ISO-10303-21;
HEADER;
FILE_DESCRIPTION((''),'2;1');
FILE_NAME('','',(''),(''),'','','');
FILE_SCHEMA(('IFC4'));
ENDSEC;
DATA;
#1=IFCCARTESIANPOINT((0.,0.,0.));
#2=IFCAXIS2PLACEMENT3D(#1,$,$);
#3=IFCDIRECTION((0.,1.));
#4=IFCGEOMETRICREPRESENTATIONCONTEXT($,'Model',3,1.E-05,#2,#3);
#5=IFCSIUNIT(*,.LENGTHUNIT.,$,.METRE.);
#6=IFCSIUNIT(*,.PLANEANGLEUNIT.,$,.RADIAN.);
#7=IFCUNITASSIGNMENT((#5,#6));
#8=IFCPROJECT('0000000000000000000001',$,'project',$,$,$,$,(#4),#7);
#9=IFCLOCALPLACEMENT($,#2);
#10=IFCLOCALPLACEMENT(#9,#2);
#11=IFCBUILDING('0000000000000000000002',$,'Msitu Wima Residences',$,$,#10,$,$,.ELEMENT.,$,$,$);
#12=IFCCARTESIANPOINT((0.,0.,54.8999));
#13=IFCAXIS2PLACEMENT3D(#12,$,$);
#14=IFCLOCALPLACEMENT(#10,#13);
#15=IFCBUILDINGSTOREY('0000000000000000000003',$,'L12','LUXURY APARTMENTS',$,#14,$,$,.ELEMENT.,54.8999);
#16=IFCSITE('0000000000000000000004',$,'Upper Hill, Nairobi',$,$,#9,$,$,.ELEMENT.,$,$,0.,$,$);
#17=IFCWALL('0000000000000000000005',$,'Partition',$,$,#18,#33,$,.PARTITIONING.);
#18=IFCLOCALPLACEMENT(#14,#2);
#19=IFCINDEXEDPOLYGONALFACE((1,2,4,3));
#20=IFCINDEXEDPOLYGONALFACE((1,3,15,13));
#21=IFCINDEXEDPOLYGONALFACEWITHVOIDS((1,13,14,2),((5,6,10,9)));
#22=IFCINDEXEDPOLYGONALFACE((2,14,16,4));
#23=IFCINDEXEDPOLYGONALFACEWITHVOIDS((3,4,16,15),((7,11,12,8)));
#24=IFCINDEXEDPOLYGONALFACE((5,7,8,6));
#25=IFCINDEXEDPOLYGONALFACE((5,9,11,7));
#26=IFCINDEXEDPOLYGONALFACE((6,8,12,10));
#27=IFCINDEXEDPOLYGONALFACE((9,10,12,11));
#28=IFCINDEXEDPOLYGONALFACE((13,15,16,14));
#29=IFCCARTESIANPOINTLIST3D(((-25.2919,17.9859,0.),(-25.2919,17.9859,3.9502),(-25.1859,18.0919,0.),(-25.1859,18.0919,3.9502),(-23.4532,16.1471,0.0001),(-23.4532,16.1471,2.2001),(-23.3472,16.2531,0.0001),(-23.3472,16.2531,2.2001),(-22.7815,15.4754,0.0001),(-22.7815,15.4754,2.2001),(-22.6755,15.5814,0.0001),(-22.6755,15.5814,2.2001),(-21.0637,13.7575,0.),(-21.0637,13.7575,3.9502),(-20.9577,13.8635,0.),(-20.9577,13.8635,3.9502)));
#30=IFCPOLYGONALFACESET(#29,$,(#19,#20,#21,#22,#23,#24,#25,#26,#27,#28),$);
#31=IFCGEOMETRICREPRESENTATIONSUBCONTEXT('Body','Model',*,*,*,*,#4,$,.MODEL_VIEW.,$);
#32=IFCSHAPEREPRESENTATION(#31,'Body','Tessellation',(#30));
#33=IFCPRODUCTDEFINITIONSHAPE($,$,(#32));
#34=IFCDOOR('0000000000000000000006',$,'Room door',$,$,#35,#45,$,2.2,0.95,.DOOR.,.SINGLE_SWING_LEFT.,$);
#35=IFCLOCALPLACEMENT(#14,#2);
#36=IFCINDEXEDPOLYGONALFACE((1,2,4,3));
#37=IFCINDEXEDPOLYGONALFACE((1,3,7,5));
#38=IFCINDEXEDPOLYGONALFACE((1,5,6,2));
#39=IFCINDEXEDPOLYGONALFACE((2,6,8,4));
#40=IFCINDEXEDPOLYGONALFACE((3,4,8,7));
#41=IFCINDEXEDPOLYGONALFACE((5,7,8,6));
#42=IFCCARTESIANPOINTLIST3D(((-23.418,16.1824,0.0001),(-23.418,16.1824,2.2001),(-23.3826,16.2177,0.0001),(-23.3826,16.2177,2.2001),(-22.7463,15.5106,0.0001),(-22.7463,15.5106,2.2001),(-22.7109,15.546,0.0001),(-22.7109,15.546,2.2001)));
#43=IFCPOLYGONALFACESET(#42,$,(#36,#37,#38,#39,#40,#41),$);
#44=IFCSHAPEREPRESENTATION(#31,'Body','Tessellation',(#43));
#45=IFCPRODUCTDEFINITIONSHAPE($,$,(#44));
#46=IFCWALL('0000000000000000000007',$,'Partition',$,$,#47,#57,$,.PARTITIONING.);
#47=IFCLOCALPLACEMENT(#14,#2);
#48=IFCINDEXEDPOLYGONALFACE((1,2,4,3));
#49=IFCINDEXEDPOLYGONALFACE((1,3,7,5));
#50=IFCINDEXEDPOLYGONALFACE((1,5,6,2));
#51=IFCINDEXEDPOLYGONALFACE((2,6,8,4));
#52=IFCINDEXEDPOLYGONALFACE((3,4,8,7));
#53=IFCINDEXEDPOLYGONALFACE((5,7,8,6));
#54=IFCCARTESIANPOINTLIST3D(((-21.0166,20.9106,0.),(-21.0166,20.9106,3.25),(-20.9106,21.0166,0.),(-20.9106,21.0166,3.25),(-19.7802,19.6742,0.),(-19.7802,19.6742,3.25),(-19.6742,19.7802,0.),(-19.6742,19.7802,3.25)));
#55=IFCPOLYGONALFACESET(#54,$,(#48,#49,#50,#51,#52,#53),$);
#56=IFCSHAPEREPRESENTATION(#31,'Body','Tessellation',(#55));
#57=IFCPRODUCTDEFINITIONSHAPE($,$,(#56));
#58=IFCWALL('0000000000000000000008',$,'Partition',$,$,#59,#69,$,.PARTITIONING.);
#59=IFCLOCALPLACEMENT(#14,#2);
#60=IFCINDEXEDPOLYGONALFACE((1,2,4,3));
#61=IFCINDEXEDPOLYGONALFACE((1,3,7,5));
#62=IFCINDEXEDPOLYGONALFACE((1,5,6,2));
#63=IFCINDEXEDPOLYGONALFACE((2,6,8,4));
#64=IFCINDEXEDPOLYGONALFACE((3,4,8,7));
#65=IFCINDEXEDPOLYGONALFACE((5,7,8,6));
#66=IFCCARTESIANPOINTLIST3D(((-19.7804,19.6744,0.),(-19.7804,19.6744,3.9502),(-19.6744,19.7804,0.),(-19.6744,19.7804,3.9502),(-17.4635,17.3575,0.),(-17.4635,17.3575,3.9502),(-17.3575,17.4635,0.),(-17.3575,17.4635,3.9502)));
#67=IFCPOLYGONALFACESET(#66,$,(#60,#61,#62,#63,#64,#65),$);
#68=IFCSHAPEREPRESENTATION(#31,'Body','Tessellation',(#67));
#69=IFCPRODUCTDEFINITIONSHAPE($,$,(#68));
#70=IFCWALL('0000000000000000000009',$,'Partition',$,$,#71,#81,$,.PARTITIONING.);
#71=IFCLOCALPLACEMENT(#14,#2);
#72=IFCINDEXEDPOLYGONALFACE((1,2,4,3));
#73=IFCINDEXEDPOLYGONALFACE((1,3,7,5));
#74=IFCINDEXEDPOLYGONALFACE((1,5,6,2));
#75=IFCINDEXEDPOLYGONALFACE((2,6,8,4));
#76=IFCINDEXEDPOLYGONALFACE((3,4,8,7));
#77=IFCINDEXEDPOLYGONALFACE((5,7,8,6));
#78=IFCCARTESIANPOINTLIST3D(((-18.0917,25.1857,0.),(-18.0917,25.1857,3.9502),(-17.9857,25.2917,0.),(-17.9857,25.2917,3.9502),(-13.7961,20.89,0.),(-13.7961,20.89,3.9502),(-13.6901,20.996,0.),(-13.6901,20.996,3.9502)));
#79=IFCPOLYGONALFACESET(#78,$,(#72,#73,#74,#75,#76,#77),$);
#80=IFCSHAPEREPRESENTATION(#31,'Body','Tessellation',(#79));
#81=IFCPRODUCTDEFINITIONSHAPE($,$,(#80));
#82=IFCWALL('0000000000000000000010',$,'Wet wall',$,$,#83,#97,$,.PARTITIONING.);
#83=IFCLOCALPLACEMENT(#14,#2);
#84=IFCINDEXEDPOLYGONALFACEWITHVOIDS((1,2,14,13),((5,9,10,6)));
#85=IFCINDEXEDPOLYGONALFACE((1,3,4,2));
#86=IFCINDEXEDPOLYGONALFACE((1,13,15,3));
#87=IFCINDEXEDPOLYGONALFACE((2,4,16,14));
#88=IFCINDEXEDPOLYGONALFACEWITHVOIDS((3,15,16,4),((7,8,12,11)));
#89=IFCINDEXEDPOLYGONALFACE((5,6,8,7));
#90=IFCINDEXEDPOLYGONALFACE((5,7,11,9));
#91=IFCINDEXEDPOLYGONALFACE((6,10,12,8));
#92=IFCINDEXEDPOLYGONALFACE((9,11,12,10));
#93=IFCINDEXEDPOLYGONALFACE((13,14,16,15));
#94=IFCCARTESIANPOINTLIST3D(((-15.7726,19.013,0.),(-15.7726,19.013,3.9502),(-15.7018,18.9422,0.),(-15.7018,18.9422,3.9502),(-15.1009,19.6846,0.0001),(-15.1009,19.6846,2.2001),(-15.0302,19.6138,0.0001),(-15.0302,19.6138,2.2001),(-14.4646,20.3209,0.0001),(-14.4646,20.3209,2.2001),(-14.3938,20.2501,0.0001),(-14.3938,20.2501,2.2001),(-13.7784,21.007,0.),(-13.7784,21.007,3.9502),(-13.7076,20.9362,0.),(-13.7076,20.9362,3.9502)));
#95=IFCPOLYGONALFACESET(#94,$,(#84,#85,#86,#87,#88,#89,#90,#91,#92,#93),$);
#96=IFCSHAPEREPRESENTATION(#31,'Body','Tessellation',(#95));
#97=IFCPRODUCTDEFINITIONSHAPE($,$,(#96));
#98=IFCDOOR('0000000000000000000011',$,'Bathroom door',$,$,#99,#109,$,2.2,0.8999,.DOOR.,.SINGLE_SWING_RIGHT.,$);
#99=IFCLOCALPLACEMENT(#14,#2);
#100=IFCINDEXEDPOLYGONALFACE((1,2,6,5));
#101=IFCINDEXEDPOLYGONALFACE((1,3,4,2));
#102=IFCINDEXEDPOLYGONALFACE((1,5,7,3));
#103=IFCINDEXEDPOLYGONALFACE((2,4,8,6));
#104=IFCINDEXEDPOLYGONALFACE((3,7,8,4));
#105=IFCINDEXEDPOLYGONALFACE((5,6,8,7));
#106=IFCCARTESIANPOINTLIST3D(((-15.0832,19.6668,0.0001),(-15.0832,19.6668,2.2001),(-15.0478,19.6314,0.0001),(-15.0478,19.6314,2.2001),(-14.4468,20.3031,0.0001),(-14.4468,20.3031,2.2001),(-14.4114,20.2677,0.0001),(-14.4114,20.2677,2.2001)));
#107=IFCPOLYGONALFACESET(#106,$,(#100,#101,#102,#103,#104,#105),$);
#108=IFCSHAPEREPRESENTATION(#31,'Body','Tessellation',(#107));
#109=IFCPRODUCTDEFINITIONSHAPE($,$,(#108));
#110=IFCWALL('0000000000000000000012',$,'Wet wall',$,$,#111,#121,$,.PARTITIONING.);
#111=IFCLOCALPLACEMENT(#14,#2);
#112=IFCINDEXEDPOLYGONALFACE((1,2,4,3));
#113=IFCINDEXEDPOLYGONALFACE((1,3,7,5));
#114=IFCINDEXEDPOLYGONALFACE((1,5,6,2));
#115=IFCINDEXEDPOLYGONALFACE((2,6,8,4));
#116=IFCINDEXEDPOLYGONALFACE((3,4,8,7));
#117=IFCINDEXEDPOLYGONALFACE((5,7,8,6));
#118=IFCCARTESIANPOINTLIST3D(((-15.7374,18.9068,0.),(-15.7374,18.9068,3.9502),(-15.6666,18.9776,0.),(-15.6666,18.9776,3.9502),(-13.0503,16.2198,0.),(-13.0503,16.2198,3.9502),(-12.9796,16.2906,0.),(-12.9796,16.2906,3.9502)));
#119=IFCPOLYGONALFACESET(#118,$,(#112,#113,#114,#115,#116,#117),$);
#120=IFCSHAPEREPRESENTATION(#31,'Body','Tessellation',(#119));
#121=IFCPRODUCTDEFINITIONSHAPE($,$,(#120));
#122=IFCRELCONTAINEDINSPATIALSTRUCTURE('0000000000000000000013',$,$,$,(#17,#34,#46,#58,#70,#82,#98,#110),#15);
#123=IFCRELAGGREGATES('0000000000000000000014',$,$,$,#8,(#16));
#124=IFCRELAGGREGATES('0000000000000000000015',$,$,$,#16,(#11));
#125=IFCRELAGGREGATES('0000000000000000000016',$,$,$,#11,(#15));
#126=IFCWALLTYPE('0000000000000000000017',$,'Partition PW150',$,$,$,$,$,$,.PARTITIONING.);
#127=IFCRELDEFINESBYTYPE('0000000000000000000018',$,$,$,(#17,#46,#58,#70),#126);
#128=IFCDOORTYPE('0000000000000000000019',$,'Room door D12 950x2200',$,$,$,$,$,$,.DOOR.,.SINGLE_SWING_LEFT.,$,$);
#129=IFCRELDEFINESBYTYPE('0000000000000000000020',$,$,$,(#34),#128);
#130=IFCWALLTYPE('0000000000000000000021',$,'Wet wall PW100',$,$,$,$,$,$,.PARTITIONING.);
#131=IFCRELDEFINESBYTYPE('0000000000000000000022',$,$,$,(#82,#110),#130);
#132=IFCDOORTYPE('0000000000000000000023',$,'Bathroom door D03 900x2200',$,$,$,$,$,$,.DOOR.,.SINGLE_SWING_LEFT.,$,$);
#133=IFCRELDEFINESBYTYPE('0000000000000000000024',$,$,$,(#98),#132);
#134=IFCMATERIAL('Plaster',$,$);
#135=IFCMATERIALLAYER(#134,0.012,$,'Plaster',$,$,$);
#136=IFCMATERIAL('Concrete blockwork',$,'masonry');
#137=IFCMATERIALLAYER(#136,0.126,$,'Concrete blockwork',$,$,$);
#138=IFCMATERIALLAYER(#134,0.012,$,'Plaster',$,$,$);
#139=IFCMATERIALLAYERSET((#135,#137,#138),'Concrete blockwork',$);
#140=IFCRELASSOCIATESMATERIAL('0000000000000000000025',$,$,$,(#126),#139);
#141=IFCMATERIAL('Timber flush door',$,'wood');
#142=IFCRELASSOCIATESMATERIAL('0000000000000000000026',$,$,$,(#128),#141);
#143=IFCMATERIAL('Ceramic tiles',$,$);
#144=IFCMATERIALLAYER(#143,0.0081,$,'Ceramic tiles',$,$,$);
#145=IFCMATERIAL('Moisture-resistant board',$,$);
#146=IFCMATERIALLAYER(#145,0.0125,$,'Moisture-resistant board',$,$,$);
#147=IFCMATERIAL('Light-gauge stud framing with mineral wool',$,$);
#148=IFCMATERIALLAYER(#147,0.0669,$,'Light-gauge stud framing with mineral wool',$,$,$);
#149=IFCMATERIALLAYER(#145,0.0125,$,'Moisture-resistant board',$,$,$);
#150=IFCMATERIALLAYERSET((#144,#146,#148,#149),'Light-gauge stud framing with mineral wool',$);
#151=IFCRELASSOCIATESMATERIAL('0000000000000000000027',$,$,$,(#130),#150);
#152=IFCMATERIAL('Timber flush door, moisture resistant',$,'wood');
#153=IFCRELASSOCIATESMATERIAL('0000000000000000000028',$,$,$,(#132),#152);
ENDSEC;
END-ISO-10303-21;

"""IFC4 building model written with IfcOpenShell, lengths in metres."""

from ifc_helpers import new_model, si_unit, direction, frame, frame_2d, origin, place, context, subcontext, project, spatial, rectangle, extrude, material, layer, layer_set, type_object, element, fill, save


model = new_model("IFC4")

# Units and contexts
model_context = context("Model", 3, precision=1e-05, world=origin(), true_north=direction((0.0, 1.0)))
body_context = subcontext(model_context, "Body", "Model", "MODEL_VIEW")
ifc_project = project(units=[si_unit("LENGTHUNIT", "METRE"), si_unit("PLANEANGLEUNIT", "RADIAN")], contexts=[model_context])

# Site, building, storey
site_placement = place(None, origin())
site = spatial("IfcSite", under=ifc_project, at=site_placement, Name="Upper Hill, Nairobi", CompositionType="ELEMENT", RefElevation=0.0)
building_placement = place(site_placement, origin())
building = spatial("IfcBuilding", under=site, at=building_placement, Name="Msitu Wima Residences", CompositionType="ELEMENT")
storey_placement = place(building_placement, frame((0.0, 0.0, 54.8999)))
storey = spatial("IfcBuildingStorey", under=building, at=storey_placement, Name="L12", Description="LUXURY APARTMENTS", CompositionType="ELEMENT", Elevation=54.8999)

# Wall, opening, door
ifc_material_1 = material(Name="Plaster")
ifc_material_2 = material(Name="Concrete blockwork", Category="masonry")
ifc_layer_1 = layer(ifc_material_1, 0.012, Name="Plaster")
ifc_layer_2 = layer(ifc_material_2, 0.126, Name="Concrete blockwork")
ifc_layer_3 = layer(ifc_material_1, 0.012, Name="Plaster")
ifc_layer_set_1 = layer_set([ifc_layer_1, ifc_layer_2, ifc_layer_3], Name="Concrete blockwork")
wall_type_1 = type_object("IfcWallType", Name="Partition PW150", PredefinedType="PARTITIONING", material=ifc_layer_set_1)
wall_1_placement = place(storey_placement, frame((-25.2388, 18.0388, 0.0), z_axis=(0.0, 0.0, 1.0), x_axis=(0.707086, -0.707127, 0.0)))
wall_1 = element("IfcWall", 1, at=wall_1_placement, inside=storey, type_object=wall_type_1, Name="Partition", PredefinedType="PARTITIONING", context=body_context, shape_type="SweptSolid", body=[
    extrude(rectangle(XDim=5.9797, YDim=0.1499, at=frame_2d((2.9897, 0.0))), origin(), (0.0, 0.0, 1.0), 3.9502),
])
opening_1_placement = place(wall_1_placement, frame((2.6001, 0.0, 0.0)))
opening_1 = element("IfcOpeningElement", 2, at=opening_1_placement, cuts=wall_1, PredefinedType="OPENING", context=body_context, shape_type="SweptSolid", body=[
    extrude(rectangle(XDim=0.95, YDim=2.2, at=frame_2d((0.4751, 1.1001))), frame((0.0, 0.085, 0.0), z_axis=(0.0, -1.0, 0.0), x_axis=(1.0, 0.0, 0.0)), (0.0, 0.0, 1.0), 0.1699),
])
ifc_material_3 = material(Name="Timber flush door", Category="wood")
door_type_1 = type_object("IfcDoorType", Name="Room door D12 950x2200", OperationType="SINGLE_SWING_LEFT", PredefinedType="DOOR", material=ifc_material_3)
door_1_placement = place(opening_1_placement, origin())
door_1 = element("IfcDoor", 3, at=door_1_placement, inside=storey, type_object=door_type_1, Name="Room door", OperationType="SINGLE_SWING_LEFT", OverallHeight=2.2, OverallWidth=0.95, PredefinedType="DOOR", context=body_context, shape_type="SweptSolid", body=[
    extrude(rectangle(XDim=0.95, YDim=2.2, at=frame_2d((0.4751, 1.1001))), frame((0.0, 0.0249, 0.0), z_axis=(0.0, -1.0, 0.0), x_axis=(1.0, 0.0, 0.0)), (0.0, 0.0, 1.0), 0.05),
])
fill(opening_1, door_1)

# Walls
wall_2_placement = place(storey_placement, frame((-20.9636, 20.9636, 0.0), z_axis=(0.0, 0.0, 1.0), x_axis=(0.707107, -0.707107, 0.0)))
element("IfcWall", 4, at=wall_2_placement, inside=storey, type_object=wall_type_1, Name="Partition", PredefinedType="PARTITIONING", context=body_context, shape_type="SweptSolid", body=[
    extrude(rectangle(XDim=1.7485, YDim=0.1499, at=frame_2d((0.8743, 0.0))), origin(), (0.0, 0.0, 1.0), 3.25),
])
wall_3_placement = place(storey_placement, frame((-19.7273, 19.7273, 0.0), z_axis=(0.0, 0.0, 1.0), x_axis=(0.707107, -0.707107, 0.0)))
element("IfcWall", 5, at=wall_3_placement, inside=storey, type_object=wall_type_1, Name="Partition", PredefinedType="PARTITIONING", context=body_context, shape_type="SweptSolid", body=[
    extrude(rectangle(XDim=3.2766, YDim=0.1499, at=frame_2d((1.6382, 0.0))), origin(), (0.0, 0.0, 1.0), 3.9502),
])
wall_4_placement = place(storey_placement, frame((-18.0388, 25.2388, 0.0), z_axis=(0.0, 0.0, 1.0), x_axis=(0.707107, -0.707107, 0.0)))
element("IfcWall", 6, at=wall_4_placement, inside=storey, type_object=wall_type_1, Name="Partition", PredefinedType="PARTITIONING", context=body_context, shape_type="SweptSolid", body=[
    extrude(rectangle(XDim=6.075, YDim=0.1499, at=frame_2d((3.0376, 0.0))), origin(), (0.0, 0.0, 1.0), 3.9502),
])

# Wall, opening, door
ifc_material_4 = material(Name="Ceramic tiles")
ifc_layer_4 = layer(ifc_material_4, 0.0081, Name="Ceramic tiles")
ifc_material_5 = material(Name="Moisture-resistant board")
ifc_layer_5 = layer(ifc_material_5, 0.0125, Name="Moisture-resistant board")
ifc_material_6 = material(Name="Light-gauge stud framing with mineral wool")
ifc_layer_6 = layer(ifc_material_6, 0.0669, Name="Light-gauge stud framing with mineral wool")
ifc_layer_7 = layer(ifc_material_5, 0.0125, Name="Moisture-resistant board")
ifc_layer_set_2 = layer_set([ifc_layer_4, ifc_layer_5, ifc_layer_6, ifc_layer_7], Name="Light-gauge stud framing with mineral wool")
wall_type_2 = type_object("IfcWallType", Name="Wet wall PW100", PredefinedType="PARTITIONING", material=ifc_layer_set_2)
wall_5_placement = place(storey_placement, frame((-15.7373, 18.9775, 0.0), z_axis=(0.0, 0.0, 1.0), x_axis=(0.70715, 0.707063, 0.0)))
wall_5 = element("IfcWall", 7, at=wall_5_placement, inside=storey, type_object=wall_type_2, Name="Wet wall", PredefinedType="PARTITIONING", context=body_context, shape_type="SweptSolid", body=[
    extrude(rectangle(XDim=2.8201, YDim=0.1001, at=frame_2d((1.4102, 0.0))), origin(), (0.0, 0.0, 1.0), 3.9502),
])
opening_2_placement = place(wall_5_placement, frame((0.95, 0.0, 0.0)))
opening_2 = element("IfcOpeningElement", 8, at=opening_2_placement, cuts=wall_5, PredefinedType="OPENING", context=body_context, shape_type="SweptSolid", body=[
    extrude(rectangle(XDim=0.8999, YDim=2.2, at=frame_2d((0.45, 1.1001))), frame((0.0, 0.0601, 0.0), z_axis=(0.0, -1.0, 0.0), x_axis=(1.0, 0.0, 0.0)), (0.0, 0.0, 1.0), 0.1201),
])
ifc_material_7 = material(Name="Timber flush door, moisture resistant", Category="wood")
door_type_2 = type_object("IfcDoorType", Name="Bathroom door D03 900x2200", OperationType="SINGLE_SWING_LEFT", PredefinedType="DOOR", material=ifc_material_7)
door_2_placement = place(opening_2_placement, origin())
door_2 = element("IfcDoor", 9, at=door_2_placement, inside=storey, type_object=door_type_2, Name="Bathroom door", OperationType="SINGLE_SWING_RIGHT", OverallHeight=2.2, OverallWidth=0.8999, PredefinedType="DOOR", context=body_context, shape_type="SweptSolid", body=[
    extrude(rectangle(XDim=0.8999, YDim=2.2, at=frame_2d((0.45, 1.1001))), frame((0.0, 0.0249, 0.0), z_axis=(0.0, -1.0, 0.0), x_axis=(1.0, 0.0, 0.0)), (0.0, 0.0, 1.0), 0.05),
])
fill(opening_2, door_2)

# Wall
wall_6_placement = place(storey_placement, frame((-15.7019, 18.9421, 0.0), z_axis=(0.0, 0.0, 1.0), x_axis=(0.707107, -0.707107, 0.0)))
element("IfcWall", 10, at=wall_6_placement, inside=storey, type_object=wall_type_2, Name="Wet wall", PredefinedType="PARTITIONING", context=body_context, shape_type="SweptSolid", body=[
    extrude(rectangle(XDim=3.8, YDim=0.1001, at=frame_2d((1.8999, 0.0))), origin(), (0.0, 0.0, 1.0), 3.9502),
])

save(model, "model.ifc")
